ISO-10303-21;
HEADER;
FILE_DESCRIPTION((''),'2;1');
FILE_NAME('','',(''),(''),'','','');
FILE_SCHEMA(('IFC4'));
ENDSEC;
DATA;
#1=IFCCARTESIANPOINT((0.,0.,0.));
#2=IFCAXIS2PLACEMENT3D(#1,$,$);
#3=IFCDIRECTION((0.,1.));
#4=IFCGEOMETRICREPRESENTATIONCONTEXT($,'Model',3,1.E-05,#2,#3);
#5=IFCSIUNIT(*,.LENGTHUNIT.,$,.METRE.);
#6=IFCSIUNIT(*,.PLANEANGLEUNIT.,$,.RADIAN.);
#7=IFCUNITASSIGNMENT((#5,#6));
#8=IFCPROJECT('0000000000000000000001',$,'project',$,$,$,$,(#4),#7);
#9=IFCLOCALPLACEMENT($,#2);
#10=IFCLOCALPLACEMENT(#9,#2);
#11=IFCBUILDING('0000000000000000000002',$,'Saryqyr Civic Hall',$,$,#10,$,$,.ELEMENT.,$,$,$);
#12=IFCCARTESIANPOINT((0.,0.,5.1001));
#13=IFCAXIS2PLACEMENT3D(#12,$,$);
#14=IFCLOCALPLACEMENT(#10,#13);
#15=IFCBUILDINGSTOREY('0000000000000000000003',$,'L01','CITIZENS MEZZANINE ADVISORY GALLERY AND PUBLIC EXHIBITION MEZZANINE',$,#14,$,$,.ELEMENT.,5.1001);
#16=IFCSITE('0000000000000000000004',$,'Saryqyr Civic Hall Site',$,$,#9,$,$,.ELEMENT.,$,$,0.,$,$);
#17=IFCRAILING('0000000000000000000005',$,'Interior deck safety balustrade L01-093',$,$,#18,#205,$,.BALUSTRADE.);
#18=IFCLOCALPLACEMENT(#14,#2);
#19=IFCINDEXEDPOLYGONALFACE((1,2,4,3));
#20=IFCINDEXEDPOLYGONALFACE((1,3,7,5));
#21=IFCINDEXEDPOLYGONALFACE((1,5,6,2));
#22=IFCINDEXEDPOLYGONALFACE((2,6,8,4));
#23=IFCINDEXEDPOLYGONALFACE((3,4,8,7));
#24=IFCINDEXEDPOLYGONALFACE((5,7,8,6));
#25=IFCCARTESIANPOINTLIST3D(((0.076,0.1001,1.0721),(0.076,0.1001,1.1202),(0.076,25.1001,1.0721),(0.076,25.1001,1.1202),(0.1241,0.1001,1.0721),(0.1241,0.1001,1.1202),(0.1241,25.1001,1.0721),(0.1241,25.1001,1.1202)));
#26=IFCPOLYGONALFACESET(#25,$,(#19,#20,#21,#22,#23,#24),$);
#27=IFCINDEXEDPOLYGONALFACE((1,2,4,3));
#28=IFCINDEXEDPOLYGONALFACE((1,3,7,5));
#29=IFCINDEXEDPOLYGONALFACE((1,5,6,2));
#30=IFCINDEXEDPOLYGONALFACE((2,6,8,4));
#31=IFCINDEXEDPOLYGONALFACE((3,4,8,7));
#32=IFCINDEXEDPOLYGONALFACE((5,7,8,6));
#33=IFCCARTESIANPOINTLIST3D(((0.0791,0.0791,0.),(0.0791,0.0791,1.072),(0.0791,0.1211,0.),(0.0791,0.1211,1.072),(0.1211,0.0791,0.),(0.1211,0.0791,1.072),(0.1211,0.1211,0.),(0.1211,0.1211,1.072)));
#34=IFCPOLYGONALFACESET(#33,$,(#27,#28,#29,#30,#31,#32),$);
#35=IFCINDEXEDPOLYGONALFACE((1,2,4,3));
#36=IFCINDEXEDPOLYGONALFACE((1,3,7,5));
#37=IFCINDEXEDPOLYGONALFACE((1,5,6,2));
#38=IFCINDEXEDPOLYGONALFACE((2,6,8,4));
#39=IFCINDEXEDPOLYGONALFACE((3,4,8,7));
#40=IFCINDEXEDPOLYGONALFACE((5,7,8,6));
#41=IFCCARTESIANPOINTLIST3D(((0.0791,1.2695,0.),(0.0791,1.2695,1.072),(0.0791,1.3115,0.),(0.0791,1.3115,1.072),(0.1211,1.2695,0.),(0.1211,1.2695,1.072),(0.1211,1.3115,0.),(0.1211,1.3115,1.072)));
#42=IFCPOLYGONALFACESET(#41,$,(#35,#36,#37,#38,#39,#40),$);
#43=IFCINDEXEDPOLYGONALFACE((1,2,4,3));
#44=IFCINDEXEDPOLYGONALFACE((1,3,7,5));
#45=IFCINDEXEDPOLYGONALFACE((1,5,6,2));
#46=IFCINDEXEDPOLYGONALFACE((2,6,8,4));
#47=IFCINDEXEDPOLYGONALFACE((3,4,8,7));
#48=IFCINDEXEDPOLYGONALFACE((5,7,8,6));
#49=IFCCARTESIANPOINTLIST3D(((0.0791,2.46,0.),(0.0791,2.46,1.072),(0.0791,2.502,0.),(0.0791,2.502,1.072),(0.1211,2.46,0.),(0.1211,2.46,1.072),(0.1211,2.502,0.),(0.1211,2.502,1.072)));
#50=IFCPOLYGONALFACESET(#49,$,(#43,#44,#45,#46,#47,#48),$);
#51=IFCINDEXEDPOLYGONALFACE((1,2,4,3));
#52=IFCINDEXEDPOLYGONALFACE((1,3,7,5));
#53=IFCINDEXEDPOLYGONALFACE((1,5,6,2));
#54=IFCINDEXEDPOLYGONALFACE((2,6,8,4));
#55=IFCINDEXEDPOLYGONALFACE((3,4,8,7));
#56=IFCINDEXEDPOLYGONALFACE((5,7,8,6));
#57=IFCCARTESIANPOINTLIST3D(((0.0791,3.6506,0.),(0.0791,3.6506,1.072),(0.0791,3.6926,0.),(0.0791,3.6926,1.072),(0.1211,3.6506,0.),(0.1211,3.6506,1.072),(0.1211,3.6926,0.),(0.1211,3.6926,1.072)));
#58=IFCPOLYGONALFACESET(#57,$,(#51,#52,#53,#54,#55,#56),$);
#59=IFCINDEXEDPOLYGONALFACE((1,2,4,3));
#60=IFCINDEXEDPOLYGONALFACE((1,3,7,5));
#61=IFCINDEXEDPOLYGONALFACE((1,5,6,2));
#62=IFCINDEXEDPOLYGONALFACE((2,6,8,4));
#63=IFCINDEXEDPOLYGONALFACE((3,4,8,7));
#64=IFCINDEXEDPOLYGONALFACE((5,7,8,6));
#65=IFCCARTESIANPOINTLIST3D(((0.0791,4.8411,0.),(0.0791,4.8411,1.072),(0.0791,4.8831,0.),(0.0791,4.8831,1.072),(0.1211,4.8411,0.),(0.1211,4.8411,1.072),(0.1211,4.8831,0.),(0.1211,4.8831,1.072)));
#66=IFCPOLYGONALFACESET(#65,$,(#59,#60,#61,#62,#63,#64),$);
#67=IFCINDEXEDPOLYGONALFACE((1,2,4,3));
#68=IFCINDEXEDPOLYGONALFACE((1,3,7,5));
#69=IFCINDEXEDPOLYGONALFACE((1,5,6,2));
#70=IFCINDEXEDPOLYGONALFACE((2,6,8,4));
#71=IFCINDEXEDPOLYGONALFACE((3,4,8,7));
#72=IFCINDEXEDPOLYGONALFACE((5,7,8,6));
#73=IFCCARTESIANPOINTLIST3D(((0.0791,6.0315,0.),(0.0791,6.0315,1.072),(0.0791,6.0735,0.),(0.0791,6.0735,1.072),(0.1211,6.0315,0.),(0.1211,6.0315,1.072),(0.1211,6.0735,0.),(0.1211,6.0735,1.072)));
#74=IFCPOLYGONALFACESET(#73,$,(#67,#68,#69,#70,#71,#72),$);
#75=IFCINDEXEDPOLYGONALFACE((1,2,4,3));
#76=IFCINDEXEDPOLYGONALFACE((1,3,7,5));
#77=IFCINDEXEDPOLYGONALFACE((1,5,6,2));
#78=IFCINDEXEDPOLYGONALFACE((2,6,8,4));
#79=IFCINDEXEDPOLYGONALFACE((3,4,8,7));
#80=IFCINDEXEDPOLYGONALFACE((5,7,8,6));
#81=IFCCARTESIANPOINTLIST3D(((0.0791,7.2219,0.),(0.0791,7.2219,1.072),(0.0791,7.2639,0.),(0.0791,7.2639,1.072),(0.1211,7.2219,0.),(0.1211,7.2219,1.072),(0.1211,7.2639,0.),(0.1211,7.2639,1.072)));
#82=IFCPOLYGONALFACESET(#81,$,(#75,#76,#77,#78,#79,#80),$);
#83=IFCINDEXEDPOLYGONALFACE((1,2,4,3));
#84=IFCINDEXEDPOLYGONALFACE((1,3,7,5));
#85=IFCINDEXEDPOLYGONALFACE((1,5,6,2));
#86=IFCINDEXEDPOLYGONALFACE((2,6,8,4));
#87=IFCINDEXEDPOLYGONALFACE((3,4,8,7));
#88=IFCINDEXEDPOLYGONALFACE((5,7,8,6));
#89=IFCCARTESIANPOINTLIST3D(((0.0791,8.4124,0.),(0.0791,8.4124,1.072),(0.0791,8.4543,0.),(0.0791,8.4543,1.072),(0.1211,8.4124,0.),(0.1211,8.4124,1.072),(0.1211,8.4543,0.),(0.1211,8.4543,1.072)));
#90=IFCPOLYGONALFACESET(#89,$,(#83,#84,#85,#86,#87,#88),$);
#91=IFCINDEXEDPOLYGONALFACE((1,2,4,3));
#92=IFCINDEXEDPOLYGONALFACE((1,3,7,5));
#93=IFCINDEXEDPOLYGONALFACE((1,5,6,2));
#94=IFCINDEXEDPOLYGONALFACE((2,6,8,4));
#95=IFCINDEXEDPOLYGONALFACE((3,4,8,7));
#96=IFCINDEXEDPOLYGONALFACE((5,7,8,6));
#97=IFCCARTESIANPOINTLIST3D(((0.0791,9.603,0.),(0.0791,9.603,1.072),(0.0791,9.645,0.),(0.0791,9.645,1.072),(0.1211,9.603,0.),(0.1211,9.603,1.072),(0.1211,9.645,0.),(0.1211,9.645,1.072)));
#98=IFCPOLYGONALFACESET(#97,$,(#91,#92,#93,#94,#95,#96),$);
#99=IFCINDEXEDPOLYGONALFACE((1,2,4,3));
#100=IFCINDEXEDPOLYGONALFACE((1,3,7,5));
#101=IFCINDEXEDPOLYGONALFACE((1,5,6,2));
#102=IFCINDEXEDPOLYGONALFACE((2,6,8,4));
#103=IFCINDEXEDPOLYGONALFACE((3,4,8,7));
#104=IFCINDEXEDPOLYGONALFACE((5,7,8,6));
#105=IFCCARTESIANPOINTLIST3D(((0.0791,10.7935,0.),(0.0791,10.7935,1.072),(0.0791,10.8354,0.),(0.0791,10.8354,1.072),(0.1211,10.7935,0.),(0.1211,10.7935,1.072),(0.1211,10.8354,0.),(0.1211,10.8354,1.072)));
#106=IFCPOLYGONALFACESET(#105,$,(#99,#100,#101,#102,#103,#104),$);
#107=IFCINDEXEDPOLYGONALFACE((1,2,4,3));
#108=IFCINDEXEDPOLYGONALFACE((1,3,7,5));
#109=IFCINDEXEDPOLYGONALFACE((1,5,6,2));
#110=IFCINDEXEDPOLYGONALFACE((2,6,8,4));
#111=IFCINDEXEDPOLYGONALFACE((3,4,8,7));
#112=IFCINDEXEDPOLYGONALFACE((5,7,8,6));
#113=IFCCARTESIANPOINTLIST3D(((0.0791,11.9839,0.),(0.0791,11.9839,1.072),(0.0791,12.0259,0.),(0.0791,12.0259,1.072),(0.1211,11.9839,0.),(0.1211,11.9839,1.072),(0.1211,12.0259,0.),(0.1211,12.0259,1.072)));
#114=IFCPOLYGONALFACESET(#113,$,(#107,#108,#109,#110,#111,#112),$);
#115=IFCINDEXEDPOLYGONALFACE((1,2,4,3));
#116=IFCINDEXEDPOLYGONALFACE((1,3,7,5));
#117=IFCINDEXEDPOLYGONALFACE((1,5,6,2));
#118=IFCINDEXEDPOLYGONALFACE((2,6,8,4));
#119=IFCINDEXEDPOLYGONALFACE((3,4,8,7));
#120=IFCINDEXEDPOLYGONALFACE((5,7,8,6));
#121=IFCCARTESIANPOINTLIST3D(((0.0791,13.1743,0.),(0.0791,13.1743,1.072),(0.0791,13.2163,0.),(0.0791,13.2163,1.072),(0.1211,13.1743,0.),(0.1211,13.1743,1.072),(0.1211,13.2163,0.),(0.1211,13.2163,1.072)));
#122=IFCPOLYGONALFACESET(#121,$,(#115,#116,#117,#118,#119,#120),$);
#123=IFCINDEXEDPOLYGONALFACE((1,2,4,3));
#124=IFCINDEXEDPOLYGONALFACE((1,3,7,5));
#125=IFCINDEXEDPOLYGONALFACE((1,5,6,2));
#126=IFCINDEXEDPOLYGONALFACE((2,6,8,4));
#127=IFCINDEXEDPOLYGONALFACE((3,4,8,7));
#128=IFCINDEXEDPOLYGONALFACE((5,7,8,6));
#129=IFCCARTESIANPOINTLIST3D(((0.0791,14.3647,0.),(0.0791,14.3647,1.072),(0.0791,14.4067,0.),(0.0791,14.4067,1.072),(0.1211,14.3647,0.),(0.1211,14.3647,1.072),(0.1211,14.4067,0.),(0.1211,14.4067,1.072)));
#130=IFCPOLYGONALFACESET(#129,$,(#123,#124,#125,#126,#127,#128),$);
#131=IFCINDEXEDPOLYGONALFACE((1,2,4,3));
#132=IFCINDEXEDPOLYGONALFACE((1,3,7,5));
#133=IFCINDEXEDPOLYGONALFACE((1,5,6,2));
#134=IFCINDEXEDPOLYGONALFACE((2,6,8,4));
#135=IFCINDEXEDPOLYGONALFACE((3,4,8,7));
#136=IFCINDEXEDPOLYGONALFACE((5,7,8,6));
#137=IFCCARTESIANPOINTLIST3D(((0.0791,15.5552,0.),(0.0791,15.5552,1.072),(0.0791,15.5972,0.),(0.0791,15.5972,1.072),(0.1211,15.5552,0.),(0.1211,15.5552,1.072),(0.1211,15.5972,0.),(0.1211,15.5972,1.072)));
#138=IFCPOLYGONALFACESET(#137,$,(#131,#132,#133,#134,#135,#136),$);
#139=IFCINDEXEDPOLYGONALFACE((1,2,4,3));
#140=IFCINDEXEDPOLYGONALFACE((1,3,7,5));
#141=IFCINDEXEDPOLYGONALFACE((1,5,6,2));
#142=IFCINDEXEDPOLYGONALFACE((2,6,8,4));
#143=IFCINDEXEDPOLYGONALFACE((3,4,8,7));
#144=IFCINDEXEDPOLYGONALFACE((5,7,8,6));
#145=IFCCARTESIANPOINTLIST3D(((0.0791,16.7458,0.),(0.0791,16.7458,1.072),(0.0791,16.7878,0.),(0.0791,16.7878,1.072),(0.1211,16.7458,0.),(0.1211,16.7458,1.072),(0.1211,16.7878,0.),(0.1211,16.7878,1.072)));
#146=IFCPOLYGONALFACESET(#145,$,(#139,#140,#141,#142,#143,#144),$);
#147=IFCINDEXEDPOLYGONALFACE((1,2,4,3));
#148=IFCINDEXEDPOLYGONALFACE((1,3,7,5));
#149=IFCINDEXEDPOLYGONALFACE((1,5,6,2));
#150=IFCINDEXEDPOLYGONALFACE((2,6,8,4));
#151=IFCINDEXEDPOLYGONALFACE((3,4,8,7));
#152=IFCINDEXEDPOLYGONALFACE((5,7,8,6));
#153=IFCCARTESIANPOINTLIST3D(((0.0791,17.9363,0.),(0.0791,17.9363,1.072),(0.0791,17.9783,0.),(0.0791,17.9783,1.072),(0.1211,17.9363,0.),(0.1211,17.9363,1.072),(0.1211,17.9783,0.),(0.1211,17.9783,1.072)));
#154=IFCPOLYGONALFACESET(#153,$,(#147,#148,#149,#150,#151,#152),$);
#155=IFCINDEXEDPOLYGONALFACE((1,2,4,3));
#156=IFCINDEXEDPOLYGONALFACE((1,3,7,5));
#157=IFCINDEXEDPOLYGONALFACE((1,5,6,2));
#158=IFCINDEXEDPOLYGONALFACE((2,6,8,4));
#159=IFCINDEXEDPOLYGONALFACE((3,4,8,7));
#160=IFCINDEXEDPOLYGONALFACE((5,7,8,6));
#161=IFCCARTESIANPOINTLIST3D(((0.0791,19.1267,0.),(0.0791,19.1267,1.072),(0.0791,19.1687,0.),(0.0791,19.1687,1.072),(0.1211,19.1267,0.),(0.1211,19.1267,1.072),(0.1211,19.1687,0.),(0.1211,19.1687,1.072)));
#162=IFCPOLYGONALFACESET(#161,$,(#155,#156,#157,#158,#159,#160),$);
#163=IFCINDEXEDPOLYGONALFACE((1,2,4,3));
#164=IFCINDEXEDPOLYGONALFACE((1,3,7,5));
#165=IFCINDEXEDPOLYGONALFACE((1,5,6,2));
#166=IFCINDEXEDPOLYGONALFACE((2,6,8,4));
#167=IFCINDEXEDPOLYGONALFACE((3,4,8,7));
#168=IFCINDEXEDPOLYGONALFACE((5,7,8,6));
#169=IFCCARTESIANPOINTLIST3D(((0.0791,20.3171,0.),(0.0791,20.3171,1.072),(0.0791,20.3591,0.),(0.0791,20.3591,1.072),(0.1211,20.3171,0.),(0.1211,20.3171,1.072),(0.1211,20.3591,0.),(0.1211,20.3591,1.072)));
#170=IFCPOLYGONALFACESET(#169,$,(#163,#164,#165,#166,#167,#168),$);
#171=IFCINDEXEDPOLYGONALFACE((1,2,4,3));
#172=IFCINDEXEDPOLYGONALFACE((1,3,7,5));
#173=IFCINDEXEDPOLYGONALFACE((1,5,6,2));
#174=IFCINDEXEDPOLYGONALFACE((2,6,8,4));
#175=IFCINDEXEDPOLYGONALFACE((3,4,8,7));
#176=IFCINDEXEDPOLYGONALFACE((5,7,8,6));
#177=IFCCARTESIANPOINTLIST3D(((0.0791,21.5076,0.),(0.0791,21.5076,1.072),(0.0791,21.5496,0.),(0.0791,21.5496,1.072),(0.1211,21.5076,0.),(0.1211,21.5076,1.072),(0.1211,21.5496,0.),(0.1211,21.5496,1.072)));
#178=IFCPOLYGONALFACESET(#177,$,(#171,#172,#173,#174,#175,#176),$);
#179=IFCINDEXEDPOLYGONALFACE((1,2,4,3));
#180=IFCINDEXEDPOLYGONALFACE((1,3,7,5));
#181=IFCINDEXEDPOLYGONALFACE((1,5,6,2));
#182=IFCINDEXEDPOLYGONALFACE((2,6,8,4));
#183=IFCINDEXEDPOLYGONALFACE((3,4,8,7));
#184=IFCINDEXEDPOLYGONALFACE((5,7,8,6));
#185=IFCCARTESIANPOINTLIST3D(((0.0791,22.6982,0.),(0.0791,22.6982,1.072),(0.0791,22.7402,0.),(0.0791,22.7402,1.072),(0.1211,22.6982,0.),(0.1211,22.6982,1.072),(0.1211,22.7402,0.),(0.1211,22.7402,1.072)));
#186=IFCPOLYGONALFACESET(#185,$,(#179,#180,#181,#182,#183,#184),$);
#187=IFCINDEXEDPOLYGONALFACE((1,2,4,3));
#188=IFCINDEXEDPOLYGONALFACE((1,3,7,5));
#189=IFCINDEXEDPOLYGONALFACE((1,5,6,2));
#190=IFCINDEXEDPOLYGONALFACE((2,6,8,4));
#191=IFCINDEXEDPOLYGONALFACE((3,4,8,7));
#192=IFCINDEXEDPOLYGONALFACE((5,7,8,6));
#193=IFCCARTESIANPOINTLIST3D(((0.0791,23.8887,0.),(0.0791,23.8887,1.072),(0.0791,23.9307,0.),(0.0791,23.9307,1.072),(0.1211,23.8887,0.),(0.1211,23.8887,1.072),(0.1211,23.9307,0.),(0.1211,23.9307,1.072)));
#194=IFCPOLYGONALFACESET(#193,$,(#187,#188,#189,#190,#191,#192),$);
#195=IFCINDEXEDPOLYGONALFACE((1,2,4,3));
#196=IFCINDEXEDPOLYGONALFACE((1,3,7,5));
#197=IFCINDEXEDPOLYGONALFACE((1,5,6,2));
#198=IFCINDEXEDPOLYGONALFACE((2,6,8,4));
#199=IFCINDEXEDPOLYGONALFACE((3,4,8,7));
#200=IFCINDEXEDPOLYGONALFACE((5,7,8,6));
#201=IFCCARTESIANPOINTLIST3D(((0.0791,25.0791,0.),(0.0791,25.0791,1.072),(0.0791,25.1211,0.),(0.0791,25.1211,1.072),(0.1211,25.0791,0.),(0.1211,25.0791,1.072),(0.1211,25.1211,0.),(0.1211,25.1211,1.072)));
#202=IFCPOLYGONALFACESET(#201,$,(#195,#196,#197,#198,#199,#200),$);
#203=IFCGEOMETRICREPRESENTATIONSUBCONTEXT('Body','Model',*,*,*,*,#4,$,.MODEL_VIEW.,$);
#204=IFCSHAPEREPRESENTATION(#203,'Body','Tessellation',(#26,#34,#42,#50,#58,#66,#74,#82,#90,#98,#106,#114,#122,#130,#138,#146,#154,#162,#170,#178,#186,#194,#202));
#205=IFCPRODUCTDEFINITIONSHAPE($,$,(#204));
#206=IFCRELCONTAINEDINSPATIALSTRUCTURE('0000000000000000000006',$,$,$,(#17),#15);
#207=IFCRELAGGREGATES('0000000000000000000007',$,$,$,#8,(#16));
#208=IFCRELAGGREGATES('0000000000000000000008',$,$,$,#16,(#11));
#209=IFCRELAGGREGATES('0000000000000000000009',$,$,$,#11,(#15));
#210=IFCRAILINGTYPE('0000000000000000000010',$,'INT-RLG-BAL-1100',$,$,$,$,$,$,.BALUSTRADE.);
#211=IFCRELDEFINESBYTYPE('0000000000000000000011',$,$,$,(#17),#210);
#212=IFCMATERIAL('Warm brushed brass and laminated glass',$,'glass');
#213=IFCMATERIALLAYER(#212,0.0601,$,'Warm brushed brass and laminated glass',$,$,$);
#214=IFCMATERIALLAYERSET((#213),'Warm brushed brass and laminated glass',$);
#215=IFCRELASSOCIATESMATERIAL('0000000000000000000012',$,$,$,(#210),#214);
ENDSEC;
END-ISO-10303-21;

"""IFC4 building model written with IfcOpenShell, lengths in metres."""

from ifc_helpers import new_model, si_unit, direction, frame, origin, origin_2d, place, context, subcontext, project, spatial, rectangle, extrude, material, layer, layer_set, type_object, element, save


model = new_model("IFC4")

# Units and contexts
model_context = context("Model", 3, precision=1e-05, world=origin(), true_north=direction((0.0, 1.0)))
body_context = subcontext(model_context, "Body", "Model", "MODEL_VIEW")
ifc_project = project(units=[si_unit("LENGTHUNIT", "METRE"), si_unit("PLANEANGLEUNIT", "RADIAN")], contexts=[model_context])

# Site, building, storey
site_placement = place(None, origin())
site = spatial("IfcSite", under=ifc_project, at=site_placement, Name="Saryqyr Civic Hall Site", CompositionType="ELEMENT", RefElevation=0.0)
building_placement = place(site_placement, origin())
building = spatial("IfcBuilding", under=site, at=building_placement, Name="Saryqyr Civic Hall", CompositionType="ELEMENT")
storey_placement = place(building_placement, frame((0.0, 0.0, 5.1001)))
storey = spatial("IfcBuildingStorey", under=building, at=storey_placement, Name="L01", Description="CITIZENS MEZZANINE ADVISORY GALLERY AND PUBLIC EXHIBITION MEZZANINE", CompositionType="ELEMENT", Elevation=5.1001)

# Railing
ifc_material_1 = material(Name="Warm brushed brass and laminated glass", Category="glass")
ifc_layer_1 = layer(ifc_material_1, 0.0601, Name="Warm brushed brass and laminated glass")
ifc_layer_set_1 = layer_set([ifc_layer_1], Name="Warm brushed brass and laminated glass")
railing_type = type_object("IfcRailingType", Name="INT-RLG-BAL-1100", PredefinedType="BALUSTRADE", material=ifc_layer_set_1)
railing_placement = place(storey_placement, frame((0.1001, 0.1001, 0.0)))
element("IfcRailing", 1, at=railing_placement, inside=storey, type_object=railing_type, Name="Interior deck safety balustrade L01-093", PredefinedType="BALUSTRADE", context=body_context, shape_type="SweptSolid", body=[
    extrude(rectangle(XDim=0.0481, YDim=0.0481, at=origin_2d()), frame((0.0, 0.0, 1.0962), z_axis=(0.0, 1.0, 0.0), x_axis=(-1.0, 0.0, 0.0)), (0.0, 0.0, 1.0), 25.0),
    extrude(rectangle(XDim=0.042, YDim=0.042, at=origin_2d()), origin(), (0.0, 0.0, 1.0), 1.072),
    extrude(rectangle(XDim=0.042, YDim=0.042, at=origin_2d()), frame((0.0, 1.1904, 0.0)), (0.0, 0.0, 1.0), 1.072),
    extrude(rectangle(XDim=0.042, YDim=0.042, at=origin_2d()), frame((0.0, 2.3809, 0.0)), (0.0, 0.0, 1.0), 1.072),
    extrude(rectangle(XDim=0.042, YDim=0.042, at=origin_2d()), frame((0.0, 3.5715, 0.0)), (0.0, 0.0, 1.0), 1.072),
    extrude(rectangle(XDim=0.042, YDim=0.042, at=origin_2d()), frame((0.0, 4.762, 0.0)), (0.0, 0.0, 1.0), 1.072),
    extrude(rectangle(XDim=0.042, YDim=0.042, at=origin_2d()), frame((0.0, 5.9524, 0.0)), (0.0, 0.0, 1.0), 1.072),
    extrude(rectangle(XDim=0.042, YDim=0.042, at=origin_2d()), frame((0.0, 7.1428, 0.0)), (0.0, 0.0, 1.0), 1.072),
    extrude(rectangle(XDim=0.042, YDim=0.042, at=origin_2d()), frame((0.0, 8.3333, 0.0)), (0.0, 0.0, 1.0), 1.072),
    extrude(rectangle(XDim=0.042, YDim=0.042, at=origin_2d()), frame((0.0, 9.5239, 0.0)), (0.0, 0.0, 1.0), 1.072),
    extrude(rectangle(XDim=0.042, YDim=0.042, at=origin_2d()), frame((0.0, 10.7144, 0.0)), (0.0, 0.0, 1.0), 1.072),
    extrude(rectangle(XDim=0.042, YDim=0.042, at=origin_2d()), frame((0.0, 11.9048, 0.0)), (0.0, 0.0, 1.0), 1.072),
    extrude(rectangle(XDim=0.042, YDim=0.042, at=origin_2d()), frame((0.0, 13.0952, 0.0)), (0.0, 0.0, 1.0), 1.072),
    extrude(rectangle(XDim=0.042, YDim=0.042, at=origin_2d()), frame((0.0, 14.2856, 0.0)), (0.0, 0.0, 1.0), 1.072),
    extrude(rectangle(XDim=0.042, YDim=0.042, at=origin_2d()), frame((0.0, 15.4761, 0.0)), (0.0, 0.0, 1.0), 1.072),
    extrude(rectangle(XDim=0.042, YDim=0.042, at=origin_2d()), frame((0.0, 16.6667, 0.0)), (0.0, 0.0, 1.0), 1.072),
    extrude(rectangle(XDim=0.042, YDim=0.042, at=origin_2d()), frame((0.0, 17.8572, 0.0)), (0.0, 0.0, 1.0), 1.072),
    extrude(rectangle(XDim=0.042, YDim=0.042, at=origin_2d()), frame((0.0, 19.0476, 0.0)), (0.0, 0.0, 1.0), 1.072),
    extrude(rectangle(XDim=0.042, YDim=0.042, at=origin_2d()), frame((0.0, 20.238, 0.0)), (0.0, 0.0, 1.0), 1.072),
    extrude(rectangle(XDim=0.042, YDim=0.042, at=origin_2d()), frame((0.0, 21.4285, 0.0)), (0.0, 0.0, 1.0), 1.072),
    extrude(rectangle(XDim=0.042, YDim=0.042, at=origin_2d()), frame((0.0, 22.6191, 0.0)), (0.0, 0.0, 1.0), 1.072),
    extrude(rectangle(XDim=0.042, YDim=0.042, at=origin_2d()), frame((0.0, 23.8096, 0.0)), (0.0, 0.0, 1.0), 1.072),
    extrude(rectangle(XDim=0.042, YDim=0.042, at=origin_2d()), frame((0.0, 25.0, 0.0)), (0.0, 0.0, 1.0), 1.072),
])

save(model, "model.ifc")
